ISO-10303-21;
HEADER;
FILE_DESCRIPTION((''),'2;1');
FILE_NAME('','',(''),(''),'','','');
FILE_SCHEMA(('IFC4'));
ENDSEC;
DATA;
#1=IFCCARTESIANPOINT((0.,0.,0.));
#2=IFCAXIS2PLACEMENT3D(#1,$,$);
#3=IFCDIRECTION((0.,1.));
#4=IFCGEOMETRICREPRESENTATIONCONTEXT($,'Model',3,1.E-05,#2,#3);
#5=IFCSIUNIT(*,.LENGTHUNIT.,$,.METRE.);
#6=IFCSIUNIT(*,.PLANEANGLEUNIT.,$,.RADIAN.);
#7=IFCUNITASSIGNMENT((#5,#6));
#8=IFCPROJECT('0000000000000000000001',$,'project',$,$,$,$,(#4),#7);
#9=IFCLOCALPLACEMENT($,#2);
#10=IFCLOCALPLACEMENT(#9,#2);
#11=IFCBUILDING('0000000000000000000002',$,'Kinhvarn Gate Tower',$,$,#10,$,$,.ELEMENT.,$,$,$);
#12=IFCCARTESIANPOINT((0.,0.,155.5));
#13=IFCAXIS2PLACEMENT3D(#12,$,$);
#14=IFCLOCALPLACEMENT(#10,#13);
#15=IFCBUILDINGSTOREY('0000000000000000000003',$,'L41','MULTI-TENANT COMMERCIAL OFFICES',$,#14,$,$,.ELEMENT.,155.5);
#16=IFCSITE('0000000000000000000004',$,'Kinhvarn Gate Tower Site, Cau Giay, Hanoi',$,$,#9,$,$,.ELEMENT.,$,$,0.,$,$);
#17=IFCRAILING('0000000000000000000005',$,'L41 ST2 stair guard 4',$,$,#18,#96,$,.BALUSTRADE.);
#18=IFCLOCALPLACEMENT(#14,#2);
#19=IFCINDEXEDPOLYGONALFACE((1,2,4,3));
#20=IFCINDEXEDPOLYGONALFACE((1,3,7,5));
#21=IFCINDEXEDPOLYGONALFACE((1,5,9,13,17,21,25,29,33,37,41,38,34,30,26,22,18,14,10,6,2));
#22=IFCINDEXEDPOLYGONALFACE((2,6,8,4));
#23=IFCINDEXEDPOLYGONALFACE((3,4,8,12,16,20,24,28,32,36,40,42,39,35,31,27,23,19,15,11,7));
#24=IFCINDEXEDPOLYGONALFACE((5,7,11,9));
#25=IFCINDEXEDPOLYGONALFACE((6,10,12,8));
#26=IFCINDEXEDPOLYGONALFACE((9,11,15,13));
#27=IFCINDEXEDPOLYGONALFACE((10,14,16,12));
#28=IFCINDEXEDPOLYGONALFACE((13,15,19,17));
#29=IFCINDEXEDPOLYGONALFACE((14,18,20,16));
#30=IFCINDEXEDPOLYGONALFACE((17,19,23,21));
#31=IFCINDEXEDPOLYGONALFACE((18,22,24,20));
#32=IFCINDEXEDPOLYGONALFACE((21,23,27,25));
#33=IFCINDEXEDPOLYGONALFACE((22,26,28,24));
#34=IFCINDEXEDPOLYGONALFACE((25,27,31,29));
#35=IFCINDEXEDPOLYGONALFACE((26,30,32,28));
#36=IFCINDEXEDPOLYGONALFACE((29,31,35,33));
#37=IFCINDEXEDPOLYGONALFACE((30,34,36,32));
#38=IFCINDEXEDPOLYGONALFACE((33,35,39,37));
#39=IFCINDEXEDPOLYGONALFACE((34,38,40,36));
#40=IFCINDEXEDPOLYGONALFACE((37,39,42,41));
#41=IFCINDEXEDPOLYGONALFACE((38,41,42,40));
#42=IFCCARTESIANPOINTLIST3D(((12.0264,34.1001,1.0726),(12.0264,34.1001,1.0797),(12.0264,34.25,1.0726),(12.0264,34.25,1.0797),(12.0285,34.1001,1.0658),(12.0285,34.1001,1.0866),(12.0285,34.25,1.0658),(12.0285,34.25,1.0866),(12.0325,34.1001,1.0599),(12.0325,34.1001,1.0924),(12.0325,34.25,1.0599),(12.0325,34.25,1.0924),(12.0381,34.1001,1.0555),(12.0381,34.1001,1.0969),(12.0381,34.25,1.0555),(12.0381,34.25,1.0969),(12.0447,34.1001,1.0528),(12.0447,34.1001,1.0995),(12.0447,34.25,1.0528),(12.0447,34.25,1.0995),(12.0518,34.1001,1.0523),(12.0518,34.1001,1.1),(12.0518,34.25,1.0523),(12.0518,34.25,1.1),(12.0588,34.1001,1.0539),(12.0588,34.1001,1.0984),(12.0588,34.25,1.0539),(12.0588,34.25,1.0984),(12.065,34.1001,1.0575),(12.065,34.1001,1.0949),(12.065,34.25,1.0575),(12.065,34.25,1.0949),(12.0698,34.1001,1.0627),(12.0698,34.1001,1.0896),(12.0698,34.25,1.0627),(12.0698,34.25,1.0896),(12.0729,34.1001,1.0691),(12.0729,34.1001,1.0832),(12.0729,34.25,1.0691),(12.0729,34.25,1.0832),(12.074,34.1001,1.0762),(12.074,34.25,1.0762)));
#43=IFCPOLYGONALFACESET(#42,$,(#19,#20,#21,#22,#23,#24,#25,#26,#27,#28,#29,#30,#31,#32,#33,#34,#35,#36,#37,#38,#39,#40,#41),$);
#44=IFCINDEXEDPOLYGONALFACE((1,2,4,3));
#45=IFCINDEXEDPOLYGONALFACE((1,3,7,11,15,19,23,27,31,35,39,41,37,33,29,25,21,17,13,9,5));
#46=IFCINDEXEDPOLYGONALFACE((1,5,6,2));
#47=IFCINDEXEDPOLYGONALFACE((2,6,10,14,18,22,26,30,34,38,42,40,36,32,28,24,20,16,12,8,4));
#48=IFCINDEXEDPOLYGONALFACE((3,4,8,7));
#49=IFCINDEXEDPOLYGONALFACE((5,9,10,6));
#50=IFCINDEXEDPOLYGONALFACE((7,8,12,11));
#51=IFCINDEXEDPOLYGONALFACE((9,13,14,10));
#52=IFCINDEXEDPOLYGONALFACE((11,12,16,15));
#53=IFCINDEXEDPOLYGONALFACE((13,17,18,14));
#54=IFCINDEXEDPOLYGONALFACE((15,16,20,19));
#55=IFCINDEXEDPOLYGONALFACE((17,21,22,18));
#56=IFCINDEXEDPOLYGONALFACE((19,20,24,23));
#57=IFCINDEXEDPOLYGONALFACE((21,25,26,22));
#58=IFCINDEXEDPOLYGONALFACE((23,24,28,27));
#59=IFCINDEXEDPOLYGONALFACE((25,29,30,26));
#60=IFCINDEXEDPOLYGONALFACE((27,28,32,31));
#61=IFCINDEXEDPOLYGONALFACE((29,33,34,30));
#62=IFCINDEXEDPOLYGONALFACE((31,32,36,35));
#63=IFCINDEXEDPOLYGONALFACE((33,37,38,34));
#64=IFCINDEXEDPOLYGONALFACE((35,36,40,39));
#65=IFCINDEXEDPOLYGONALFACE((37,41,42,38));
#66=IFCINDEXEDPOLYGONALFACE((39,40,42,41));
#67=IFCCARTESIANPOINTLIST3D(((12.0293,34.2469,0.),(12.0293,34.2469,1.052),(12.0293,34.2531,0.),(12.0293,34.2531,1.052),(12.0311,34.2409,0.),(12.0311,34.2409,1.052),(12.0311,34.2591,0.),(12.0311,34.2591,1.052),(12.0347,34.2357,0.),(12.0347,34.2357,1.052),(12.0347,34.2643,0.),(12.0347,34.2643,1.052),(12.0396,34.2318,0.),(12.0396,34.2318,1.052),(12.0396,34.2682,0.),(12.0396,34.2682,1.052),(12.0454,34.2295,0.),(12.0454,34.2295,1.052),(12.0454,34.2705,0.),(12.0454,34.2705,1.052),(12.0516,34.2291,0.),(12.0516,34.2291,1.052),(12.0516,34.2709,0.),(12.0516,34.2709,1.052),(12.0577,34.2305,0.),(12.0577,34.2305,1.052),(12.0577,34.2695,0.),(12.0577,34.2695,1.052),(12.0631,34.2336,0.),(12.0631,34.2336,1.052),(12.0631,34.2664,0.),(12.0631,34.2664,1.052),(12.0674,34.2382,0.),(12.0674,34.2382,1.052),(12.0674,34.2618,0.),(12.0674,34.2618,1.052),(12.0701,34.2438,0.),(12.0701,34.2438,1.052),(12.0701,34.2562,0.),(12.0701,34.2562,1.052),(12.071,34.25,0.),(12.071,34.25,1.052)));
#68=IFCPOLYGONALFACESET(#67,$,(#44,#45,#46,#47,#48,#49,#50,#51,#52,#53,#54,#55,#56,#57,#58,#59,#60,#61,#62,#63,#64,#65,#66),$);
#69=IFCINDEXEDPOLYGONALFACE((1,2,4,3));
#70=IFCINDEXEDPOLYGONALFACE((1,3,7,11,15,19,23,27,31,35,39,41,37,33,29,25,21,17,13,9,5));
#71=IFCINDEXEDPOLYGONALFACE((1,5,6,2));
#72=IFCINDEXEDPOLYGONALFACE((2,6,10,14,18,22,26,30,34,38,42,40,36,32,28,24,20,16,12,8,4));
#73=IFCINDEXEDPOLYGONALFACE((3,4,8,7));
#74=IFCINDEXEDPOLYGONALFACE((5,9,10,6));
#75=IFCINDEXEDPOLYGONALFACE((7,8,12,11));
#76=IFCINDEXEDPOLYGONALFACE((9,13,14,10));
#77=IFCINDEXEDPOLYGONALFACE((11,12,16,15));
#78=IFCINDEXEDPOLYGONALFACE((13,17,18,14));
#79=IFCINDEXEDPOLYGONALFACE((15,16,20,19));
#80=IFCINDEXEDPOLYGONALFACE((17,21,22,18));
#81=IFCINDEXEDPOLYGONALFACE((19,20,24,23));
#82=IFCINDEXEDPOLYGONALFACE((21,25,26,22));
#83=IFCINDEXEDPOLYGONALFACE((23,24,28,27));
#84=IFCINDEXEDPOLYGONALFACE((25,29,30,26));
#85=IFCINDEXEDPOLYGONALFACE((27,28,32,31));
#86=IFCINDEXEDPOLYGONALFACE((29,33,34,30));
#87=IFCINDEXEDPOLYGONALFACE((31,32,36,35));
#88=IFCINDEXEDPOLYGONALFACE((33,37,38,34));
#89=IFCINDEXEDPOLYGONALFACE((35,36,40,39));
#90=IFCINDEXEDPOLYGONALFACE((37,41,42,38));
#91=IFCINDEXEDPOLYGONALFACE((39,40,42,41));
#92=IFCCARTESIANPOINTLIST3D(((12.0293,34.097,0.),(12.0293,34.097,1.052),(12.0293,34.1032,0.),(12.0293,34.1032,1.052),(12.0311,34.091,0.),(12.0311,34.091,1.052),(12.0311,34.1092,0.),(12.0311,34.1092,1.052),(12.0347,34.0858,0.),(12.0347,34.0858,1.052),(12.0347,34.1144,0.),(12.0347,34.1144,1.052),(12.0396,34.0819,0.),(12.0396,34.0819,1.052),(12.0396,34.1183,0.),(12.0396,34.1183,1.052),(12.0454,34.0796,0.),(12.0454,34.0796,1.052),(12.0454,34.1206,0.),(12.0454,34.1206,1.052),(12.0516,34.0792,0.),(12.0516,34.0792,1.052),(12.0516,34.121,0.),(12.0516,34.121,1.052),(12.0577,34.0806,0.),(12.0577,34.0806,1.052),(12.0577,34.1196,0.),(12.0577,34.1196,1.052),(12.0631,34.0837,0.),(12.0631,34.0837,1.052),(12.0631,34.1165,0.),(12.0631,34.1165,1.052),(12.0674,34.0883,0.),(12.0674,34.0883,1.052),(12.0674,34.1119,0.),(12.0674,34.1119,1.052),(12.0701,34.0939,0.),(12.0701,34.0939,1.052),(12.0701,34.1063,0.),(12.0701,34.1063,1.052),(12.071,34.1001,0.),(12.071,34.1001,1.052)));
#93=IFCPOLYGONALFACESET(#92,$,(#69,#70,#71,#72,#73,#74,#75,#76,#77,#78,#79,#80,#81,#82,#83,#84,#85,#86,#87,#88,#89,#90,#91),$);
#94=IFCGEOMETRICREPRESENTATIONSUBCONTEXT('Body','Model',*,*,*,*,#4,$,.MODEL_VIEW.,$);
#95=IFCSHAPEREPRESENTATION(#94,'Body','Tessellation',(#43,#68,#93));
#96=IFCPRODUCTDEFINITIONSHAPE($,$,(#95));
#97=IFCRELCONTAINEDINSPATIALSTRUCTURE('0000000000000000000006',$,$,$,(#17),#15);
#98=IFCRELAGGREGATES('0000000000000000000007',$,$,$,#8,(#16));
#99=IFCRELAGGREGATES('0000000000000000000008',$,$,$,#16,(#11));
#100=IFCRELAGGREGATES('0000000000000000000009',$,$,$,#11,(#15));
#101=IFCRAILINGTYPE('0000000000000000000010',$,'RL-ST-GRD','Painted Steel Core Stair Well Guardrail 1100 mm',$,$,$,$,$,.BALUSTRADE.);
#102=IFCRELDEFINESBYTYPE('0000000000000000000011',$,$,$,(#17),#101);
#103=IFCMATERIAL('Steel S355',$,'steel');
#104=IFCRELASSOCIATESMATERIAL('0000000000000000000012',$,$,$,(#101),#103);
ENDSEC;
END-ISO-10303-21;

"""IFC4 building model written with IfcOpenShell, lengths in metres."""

from ifc_helpers import new_model, si_unit, direction, frame, origin, origin_2d, place, context, subcontext, project, spatial, circle, extrude, material, type_object, element, save


model = new_model("IFC4")

# Units and contexts
model_context = context("Model", 3, precision=1e-05, world=origin(), true_north=direction((0.0, 1.0)))
body_context = subcontext(model_context, "Body", "Model", "MODEL_VIEW")
ifc_project = project(units=[si_unit("LENGTHUNIT", "METRE"), si_unit("PLANEANGLEUNIT", "RADIAN")], contexts=[model_context])

# Site, building, storey
site_placement = place(None, origin())
site = spatial("IfcSite", under=ifc_project, at=site_placement, Name="Kinhvarn Gate Tower Site, Cau Giay, Hanoi", CompositionType="ELEMENT", RefElevation=0.0)
building_placement = place(site_placement, origin())
building = spatial("IfcBuilding", under=site, at=building_placement, Name="Kinhvarn Gate Tower", CompositionType="ELEMENT")
storey_placement = place(building_placement, frame((0.0, 0.0, 155.5)))
storey = spatial("IfcBuildingStorey", under=building, at=storey_placement, Name="L41", Description="MULTI-TENANT COMMERCIAL OFFICES", CompositionType="ELEMENT", Elevation=155.5)

# Shared definitions
ifc_material_1 = material(Name="Steel S355", Category="steel")

# Railing
railing_type_1 = type_object("IfcRailingType", Name="RL-ST-GRD", Description="Painted Steel Core Stair Well Guardrail 1100 mm", PredefinedType="BALUSTRADE", material=ifc_material_1)
railing_1_placement = place(storey_placement, frame((12.05, 34.25, 0.0)))
element("IfcRailing", 1, at=railing_1_placement, inside=storey, type_object=railing_type_1, Name="L41 ST2 stair guard 4", PredefinedType="BALUSTRADE", context=body_context, shape_type="SweptSolid", body=[
    extrude(circle(Radius=0.0239, at=origin_2d()), frame((0.0, 0.0, 1.0762), z_axis=(0.0, -1.0, 0.0), x_axis=(1.0, 0.0, 0.0)), (0.0, 0.0, 1.0), 0.1499),
    extrude(circle(Radius=0.021, at=origin_2d()), origin(), (0.0, 0.0, 1.0), 1.052),
    extrude(circle(Radius=0.021, at=origin_2d()), frame((0.0, -0.1499, 0.0)), (0.0, 0.0, 1.0), 1.052),
])

save(model, "model.ifc")
